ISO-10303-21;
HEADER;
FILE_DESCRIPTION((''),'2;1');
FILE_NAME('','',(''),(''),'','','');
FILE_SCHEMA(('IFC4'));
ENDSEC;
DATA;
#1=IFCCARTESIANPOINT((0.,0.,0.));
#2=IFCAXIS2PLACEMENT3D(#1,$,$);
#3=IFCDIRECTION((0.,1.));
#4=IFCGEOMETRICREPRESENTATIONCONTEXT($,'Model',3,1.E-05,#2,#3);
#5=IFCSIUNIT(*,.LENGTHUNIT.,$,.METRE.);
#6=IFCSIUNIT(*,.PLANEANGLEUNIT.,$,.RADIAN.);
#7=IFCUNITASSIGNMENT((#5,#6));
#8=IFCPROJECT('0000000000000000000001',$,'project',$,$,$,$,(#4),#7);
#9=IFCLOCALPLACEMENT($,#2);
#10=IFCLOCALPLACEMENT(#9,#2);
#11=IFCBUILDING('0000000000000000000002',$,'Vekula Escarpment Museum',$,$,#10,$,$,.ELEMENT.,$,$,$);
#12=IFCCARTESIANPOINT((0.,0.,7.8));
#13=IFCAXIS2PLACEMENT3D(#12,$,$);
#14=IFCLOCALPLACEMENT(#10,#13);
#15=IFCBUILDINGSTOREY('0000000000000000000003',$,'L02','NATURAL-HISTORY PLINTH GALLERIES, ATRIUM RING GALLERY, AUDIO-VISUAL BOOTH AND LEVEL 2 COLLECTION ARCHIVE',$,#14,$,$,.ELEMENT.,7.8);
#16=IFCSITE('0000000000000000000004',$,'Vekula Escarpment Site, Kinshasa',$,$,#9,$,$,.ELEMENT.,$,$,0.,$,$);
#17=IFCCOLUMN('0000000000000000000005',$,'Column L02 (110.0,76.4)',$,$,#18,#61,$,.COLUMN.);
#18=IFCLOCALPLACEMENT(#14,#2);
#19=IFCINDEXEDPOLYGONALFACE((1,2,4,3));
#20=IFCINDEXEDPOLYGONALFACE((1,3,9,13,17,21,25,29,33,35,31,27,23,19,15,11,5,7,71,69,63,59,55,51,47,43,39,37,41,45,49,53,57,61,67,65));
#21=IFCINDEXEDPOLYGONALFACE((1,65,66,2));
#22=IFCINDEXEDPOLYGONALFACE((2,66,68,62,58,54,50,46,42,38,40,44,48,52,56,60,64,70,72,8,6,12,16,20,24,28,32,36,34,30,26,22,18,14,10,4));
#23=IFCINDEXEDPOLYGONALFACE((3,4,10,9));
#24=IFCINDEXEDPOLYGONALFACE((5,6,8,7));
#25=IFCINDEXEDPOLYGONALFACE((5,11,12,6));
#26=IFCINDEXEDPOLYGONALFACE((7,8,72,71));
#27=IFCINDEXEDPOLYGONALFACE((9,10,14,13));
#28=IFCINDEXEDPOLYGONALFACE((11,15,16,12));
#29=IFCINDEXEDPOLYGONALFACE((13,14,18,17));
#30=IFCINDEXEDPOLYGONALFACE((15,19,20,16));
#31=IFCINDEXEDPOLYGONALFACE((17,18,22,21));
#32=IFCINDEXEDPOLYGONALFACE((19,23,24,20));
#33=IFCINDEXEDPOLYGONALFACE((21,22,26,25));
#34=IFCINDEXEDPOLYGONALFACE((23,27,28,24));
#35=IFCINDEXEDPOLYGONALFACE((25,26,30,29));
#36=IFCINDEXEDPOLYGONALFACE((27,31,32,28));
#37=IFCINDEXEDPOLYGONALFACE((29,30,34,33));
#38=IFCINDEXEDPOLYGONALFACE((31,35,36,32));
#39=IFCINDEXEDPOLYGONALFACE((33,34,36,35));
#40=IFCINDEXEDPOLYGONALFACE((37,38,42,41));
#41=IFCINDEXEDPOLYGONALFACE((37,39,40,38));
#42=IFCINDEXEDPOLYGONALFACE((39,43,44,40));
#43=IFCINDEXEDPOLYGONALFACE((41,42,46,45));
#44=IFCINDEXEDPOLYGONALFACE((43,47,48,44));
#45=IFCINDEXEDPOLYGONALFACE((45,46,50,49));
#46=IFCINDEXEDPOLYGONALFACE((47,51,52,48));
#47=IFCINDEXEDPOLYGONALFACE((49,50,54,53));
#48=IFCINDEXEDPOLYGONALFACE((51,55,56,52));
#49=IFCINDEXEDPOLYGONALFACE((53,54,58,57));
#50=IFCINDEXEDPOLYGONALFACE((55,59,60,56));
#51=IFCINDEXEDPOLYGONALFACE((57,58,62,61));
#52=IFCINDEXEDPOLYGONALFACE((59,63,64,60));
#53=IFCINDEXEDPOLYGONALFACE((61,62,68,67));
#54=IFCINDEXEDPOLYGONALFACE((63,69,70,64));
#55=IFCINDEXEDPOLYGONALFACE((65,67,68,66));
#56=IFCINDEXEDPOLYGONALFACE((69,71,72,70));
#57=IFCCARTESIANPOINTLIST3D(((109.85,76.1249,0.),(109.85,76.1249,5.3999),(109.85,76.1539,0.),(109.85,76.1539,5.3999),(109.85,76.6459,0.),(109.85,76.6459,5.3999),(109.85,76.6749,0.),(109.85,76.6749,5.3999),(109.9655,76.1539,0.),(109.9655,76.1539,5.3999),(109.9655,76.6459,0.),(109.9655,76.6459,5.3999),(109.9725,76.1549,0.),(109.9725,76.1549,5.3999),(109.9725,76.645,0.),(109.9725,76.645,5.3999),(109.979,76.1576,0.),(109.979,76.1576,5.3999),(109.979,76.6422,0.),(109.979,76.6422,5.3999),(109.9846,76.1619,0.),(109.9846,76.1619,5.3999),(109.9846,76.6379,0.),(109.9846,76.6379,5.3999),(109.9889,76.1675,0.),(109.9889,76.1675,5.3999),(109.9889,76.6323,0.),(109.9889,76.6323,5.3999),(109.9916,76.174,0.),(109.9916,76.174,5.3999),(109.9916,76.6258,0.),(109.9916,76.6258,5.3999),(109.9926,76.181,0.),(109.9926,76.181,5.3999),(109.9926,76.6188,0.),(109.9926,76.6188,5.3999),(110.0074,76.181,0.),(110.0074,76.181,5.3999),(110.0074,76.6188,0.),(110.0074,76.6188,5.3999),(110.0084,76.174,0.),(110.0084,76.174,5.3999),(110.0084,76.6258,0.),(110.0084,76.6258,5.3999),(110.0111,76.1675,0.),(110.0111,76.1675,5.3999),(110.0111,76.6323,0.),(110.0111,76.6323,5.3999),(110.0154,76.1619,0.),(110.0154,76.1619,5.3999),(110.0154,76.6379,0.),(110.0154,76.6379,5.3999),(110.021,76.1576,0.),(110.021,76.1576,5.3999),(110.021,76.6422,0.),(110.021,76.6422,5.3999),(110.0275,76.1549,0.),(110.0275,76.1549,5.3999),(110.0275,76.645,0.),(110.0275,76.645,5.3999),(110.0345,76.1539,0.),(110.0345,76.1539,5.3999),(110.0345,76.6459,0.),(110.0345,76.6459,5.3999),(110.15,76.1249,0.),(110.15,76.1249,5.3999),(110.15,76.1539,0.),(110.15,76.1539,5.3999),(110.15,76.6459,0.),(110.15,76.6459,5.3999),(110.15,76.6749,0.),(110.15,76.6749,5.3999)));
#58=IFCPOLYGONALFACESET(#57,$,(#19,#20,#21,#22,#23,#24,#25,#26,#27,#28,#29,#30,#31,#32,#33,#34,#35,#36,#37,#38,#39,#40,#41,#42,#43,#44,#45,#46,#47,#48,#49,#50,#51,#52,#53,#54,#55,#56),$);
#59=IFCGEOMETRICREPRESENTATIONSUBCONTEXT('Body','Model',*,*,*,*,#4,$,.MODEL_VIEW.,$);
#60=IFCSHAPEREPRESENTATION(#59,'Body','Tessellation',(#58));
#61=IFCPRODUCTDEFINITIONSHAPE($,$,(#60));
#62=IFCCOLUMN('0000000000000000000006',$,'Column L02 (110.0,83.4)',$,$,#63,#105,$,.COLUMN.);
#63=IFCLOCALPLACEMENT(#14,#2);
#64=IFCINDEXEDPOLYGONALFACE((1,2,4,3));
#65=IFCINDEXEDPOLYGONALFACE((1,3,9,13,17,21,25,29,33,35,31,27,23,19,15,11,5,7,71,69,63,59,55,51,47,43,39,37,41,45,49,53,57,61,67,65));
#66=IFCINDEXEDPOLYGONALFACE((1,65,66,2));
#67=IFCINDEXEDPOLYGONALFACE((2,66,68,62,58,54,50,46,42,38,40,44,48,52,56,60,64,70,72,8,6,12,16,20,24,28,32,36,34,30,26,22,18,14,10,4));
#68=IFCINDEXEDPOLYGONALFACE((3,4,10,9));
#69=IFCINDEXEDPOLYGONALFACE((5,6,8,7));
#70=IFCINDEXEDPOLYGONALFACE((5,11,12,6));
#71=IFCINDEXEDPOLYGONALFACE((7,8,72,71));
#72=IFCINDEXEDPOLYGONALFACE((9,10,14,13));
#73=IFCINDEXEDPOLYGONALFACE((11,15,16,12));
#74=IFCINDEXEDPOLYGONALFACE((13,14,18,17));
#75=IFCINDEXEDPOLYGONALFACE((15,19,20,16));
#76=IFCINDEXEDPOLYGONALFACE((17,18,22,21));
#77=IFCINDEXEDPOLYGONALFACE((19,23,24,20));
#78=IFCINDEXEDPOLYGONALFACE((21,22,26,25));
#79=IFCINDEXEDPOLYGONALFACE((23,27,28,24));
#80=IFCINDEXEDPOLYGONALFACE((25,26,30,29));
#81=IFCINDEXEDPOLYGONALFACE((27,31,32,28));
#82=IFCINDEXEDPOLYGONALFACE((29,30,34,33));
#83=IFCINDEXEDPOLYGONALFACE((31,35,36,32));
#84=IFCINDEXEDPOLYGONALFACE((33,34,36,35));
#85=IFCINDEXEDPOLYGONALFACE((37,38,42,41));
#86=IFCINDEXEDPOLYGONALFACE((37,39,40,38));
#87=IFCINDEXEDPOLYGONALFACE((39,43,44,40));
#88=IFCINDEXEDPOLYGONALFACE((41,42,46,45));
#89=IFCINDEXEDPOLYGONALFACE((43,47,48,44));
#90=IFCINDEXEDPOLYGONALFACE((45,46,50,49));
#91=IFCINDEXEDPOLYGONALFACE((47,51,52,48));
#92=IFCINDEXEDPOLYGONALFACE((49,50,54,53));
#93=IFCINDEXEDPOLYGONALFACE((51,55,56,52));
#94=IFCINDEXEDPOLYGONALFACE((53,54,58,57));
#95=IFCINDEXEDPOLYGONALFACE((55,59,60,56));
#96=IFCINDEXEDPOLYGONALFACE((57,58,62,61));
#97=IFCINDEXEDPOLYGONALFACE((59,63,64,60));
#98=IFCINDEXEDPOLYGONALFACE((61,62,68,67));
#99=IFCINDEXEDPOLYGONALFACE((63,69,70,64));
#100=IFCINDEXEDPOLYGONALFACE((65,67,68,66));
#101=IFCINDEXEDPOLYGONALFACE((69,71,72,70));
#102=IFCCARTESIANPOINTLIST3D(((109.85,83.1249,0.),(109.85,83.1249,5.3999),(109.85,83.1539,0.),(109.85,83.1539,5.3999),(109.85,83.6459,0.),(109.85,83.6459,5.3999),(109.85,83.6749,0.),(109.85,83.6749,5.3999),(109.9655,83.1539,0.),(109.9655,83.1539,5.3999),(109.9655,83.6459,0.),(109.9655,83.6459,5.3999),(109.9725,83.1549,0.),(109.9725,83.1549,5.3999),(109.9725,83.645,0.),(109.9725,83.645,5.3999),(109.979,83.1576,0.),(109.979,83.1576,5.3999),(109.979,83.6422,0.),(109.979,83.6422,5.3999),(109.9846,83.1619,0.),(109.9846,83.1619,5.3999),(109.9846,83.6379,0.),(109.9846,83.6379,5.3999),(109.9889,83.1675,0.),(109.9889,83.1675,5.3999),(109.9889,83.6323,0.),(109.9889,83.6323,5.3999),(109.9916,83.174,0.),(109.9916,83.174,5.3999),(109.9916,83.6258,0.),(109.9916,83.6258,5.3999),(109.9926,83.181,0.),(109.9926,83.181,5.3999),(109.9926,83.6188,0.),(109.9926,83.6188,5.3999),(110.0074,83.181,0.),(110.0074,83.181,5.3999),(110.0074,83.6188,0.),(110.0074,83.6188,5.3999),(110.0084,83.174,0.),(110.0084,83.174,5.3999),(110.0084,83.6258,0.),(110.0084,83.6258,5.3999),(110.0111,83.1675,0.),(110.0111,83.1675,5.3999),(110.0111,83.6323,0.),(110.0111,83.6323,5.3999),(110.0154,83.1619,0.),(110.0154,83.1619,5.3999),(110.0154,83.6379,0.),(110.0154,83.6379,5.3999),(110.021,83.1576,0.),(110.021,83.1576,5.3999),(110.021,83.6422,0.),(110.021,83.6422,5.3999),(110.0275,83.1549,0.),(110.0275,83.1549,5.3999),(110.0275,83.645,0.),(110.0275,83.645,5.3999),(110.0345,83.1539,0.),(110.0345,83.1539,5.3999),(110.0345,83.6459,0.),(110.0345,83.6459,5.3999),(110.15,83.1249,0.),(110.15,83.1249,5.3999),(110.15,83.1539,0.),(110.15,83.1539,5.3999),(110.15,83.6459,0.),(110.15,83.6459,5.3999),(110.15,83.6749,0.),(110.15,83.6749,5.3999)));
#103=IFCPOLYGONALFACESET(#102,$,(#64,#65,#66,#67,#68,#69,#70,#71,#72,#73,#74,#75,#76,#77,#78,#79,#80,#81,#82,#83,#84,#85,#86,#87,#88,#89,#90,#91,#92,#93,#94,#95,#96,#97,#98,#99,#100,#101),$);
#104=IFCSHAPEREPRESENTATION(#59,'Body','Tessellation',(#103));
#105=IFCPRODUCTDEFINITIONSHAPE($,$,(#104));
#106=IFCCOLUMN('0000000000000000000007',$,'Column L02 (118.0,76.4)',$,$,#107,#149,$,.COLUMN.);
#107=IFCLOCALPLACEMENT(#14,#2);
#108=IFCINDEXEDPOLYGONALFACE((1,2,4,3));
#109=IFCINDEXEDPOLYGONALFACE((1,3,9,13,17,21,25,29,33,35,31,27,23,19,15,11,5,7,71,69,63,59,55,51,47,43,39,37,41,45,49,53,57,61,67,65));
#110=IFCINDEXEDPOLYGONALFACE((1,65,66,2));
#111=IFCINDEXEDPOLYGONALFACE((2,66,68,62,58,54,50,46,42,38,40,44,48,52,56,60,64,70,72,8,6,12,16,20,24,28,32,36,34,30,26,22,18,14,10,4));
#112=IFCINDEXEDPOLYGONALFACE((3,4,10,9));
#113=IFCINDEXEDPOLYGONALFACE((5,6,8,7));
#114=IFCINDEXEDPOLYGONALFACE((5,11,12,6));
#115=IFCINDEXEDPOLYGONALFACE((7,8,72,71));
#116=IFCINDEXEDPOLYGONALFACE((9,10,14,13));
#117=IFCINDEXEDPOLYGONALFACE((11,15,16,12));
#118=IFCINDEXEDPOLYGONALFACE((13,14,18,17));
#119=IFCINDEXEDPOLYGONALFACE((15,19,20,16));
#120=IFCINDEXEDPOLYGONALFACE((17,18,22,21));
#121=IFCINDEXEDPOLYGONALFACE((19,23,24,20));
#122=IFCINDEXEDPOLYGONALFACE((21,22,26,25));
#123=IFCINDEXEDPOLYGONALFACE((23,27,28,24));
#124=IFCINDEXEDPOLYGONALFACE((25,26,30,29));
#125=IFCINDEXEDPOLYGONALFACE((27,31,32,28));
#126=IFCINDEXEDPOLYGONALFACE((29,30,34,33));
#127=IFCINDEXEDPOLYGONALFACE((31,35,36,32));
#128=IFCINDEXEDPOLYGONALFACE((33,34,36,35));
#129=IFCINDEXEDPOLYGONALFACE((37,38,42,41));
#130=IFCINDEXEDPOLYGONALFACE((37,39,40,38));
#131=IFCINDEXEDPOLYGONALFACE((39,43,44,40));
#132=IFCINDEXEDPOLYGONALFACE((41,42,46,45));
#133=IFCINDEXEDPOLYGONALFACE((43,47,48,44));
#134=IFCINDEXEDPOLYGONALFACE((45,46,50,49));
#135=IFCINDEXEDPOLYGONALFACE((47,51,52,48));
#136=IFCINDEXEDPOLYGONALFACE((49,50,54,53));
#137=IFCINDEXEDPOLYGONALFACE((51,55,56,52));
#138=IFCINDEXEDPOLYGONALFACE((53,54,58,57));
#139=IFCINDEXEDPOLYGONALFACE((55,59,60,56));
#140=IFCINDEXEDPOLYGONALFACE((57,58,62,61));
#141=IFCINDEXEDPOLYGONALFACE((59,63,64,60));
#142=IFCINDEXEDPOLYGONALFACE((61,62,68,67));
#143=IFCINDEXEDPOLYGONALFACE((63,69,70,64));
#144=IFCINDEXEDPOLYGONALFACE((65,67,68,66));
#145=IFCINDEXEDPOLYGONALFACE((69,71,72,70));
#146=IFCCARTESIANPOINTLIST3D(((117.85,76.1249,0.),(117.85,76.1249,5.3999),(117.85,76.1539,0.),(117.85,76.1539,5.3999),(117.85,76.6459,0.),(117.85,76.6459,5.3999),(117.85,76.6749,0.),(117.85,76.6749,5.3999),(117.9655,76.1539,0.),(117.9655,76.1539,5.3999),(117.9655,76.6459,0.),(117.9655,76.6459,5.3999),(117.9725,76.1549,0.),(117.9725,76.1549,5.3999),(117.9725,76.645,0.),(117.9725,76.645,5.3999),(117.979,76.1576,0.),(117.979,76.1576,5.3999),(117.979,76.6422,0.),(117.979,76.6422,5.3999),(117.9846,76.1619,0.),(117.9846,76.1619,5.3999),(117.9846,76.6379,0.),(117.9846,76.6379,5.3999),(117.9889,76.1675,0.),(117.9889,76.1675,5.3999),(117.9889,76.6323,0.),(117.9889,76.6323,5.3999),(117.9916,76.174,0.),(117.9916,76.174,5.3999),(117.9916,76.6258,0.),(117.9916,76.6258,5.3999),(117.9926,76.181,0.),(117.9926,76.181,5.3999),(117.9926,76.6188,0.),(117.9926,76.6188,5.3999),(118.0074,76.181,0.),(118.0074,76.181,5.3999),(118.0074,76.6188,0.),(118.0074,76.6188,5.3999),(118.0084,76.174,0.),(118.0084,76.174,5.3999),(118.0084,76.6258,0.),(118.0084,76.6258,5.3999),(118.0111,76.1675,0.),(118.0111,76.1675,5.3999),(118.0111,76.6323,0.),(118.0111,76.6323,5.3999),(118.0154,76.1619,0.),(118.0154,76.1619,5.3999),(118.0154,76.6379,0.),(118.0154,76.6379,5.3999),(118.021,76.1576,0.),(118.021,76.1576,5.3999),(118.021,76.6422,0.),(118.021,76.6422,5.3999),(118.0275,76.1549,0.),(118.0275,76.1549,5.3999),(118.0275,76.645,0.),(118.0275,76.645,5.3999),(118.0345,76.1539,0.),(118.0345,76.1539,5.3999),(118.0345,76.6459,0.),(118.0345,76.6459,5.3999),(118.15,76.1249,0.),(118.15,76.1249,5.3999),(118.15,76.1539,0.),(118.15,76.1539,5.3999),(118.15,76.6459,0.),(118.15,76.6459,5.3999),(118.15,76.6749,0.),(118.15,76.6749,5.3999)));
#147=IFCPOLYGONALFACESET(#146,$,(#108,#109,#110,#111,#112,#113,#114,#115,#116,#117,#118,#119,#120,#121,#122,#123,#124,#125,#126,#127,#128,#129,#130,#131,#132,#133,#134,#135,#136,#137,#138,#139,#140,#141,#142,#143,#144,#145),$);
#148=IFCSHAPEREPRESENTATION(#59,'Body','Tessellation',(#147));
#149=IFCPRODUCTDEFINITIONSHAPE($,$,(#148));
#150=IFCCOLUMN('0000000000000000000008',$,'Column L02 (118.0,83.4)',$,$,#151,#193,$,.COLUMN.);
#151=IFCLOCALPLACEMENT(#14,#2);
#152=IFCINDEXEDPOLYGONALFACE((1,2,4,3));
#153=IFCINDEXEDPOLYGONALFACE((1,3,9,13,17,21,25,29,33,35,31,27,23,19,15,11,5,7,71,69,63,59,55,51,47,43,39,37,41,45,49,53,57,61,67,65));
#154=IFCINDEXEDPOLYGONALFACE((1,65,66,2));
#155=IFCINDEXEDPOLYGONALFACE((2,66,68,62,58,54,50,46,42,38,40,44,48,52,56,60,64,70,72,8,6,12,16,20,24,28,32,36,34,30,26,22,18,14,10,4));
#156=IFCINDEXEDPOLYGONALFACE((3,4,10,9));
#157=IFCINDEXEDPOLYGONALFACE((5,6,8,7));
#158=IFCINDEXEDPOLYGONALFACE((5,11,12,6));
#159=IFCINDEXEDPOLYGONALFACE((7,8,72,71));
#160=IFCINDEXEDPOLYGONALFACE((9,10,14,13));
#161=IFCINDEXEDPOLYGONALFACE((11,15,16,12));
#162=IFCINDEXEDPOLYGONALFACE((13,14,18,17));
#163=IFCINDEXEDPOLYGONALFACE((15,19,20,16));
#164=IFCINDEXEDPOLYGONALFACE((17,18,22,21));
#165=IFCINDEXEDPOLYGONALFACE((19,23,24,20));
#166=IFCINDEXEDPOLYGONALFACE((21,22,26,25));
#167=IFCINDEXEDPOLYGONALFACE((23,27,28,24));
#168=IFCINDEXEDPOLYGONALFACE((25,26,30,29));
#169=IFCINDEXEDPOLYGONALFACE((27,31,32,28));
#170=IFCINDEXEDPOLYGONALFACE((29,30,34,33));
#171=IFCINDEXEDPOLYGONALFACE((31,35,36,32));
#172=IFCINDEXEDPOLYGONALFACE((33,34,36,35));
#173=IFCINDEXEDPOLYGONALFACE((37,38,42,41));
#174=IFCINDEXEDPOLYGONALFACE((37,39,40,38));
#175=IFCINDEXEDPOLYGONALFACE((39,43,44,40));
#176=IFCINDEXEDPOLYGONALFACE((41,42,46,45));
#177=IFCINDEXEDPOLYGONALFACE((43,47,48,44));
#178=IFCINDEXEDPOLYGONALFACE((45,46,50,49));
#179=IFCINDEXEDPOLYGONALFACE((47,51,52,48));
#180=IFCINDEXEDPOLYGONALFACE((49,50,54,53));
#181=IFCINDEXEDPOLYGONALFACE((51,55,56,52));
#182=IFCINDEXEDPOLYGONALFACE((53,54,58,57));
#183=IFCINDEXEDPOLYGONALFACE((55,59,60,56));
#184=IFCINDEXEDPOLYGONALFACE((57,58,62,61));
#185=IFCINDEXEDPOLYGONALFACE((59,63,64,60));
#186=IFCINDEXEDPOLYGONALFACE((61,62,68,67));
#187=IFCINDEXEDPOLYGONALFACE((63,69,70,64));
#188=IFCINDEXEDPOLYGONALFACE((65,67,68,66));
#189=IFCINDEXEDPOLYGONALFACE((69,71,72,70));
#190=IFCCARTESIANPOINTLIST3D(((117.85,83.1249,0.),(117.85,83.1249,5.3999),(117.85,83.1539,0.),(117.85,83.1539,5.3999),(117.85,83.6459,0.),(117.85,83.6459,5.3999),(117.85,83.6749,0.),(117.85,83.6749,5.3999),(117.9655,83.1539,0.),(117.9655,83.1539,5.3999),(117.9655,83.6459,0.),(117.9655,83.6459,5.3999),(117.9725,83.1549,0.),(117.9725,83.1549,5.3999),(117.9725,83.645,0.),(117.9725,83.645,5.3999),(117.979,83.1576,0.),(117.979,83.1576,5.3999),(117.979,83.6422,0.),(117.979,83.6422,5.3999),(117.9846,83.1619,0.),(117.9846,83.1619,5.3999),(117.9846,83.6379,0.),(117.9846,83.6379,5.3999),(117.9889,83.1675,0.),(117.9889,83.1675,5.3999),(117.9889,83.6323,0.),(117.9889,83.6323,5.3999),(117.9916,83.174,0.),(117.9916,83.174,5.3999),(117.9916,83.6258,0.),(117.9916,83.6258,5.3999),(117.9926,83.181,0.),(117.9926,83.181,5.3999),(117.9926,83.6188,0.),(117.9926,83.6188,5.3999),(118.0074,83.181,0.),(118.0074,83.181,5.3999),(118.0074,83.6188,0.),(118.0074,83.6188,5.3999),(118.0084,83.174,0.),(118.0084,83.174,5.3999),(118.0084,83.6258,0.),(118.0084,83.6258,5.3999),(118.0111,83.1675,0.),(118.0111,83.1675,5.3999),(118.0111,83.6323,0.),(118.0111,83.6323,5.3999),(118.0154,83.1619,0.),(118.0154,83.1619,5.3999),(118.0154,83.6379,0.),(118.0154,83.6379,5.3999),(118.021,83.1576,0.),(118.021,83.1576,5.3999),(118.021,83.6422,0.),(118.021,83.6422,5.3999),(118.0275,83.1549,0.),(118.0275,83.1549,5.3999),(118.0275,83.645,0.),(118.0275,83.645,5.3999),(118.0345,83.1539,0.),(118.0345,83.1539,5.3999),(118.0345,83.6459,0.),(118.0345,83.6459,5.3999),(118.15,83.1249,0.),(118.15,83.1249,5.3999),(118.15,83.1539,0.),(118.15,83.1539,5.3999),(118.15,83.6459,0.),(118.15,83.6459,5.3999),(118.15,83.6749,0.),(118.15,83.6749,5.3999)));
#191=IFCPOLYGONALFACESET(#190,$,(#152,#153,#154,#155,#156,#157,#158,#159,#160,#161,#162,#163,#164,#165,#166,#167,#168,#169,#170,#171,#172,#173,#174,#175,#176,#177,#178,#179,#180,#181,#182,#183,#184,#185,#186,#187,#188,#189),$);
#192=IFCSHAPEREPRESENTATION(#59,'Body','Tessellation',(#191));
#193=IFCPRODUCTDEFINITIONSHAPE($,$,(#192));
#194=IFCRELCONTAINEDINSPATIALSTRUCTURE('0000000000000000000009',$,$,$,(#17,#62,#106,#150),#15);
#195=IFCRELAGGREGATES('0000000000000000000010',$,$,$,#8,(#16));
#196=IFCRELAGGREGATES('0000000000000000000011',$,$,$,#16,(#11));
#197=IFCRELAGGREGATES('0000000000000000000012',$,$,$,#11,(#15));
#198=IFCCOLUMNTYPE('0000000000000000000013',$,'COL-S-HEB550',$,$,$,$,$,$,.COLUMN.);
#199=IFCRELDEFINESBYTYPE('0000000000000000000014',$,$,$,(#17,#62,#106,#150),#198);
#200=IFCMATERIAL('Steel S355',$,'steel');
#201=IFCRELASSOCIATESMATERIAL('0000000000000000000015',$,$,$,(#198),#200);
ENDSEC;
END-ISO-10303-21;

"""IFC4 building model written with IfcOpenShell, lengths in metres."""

from ifc_helpers import new_model, si_unit, direction, frame, origin, origin_2d, place, context, subcontext, project, spatial, i_section, extrude, material, material_profile, profile_set, type_object, element, save


model = new_model("IFC4")

# Units and contexts
model_context = context("Model", 3, precision=1e-05, world=origin(), true_north=direction((0.0, 1.0)))
body_context = subcontext(model_context, "Body", "Model", "MODEL_VIEW")
ifc_project = project(units=[si_unit("LENGTHUNIT", "METRE"), si_unit("PLANEANGLEUNIT", "RADIAN")], contexts=[model_context])

# Site, building, storey
site_placement = place(None, origin())
site = spatial("IfcSite", under=ifc_project, at=site_placement, Name="Vekula Escarpment Site, Kinshasa", CompositionType="ELEMENT", RefElevation=0.0)
building_placement = place(site_placement, origin())
building = spatial("IfcBuilding", under=site, at=building_placement, Name="Vekula Escarpment Museum", CompositionType="ELEMENT")
storey_placement = place(building_placement, frame((0.0, 0.0, 7.8)))
storey = spatial("IfcBuildingStorey", under=building, at=storey_placement, Name="L02", Description="NATURAL-HISTORY PLINTH GALLERIES, ATRIUM RING GALLERY, AUDIO-VISUAL BOOTH AND LEVEL 2 COLLECTION ARCHIVE", CompositionType="ELEMENT", Elevation=7.8)

# Columns
ifc_material_1 = material(Name="Steel S355", Category="steel")
ifc_material_profile_1 = material_profile(ifc_material_1, i_section(OverallWidth=0.3, OverallDepth=0.55, WebThickness=0.0149, FlangeThickness=0.0291, FilletRadius=0.0271, at=origin_2d()), Name="HEB 550")
ifc_profile_set_1 = profile_set([ifc_material_profile_1], Name="Steel S355")
column_type = type_object("IfcColumnType", Name="COL-S-HEB550", PredefinedType="COLUMN", material=ifc_profile_set_1)
for number, where, z_axis, x_axis, name in (
    (1, (110.0, 76.3999, 0.0), (0.0, 0.0, 1.0), (1.0, 0.0, 0.0), "Column L02 (110.0,76.4)"),
    (2, (110.0, 83.3999, 0.0), (0.0, 0.0, 1.0), (1.0, 0.0, 0.0), "Column L02 (110.0,83.4)"),
    (3, (118.0, 76.3999, 0.0), (0.0, 0.0, 1.0), (1.0, 0.0, 0.0), "Column L02 (118.0,76.4)"),
    (4, (118.0, 83.3999, 0.0), (0.0, 0.0, 1.0), (1.0, 0.0, 0.0), "Column L02 (118.0,83.4)"),
):
    element("IfcColumn", number, at=place(storey_placement, frame(where, z_axis=z_axis, x_axis=x_axis)), inside=storey, type_object=column_type, Name=name, PredefinedType="COLUMN", context=body_context, shape_type="SweptSolid", body=[
        extrude(i_section(OverallWidth=0.3, OverallDepth=0.55, WebThickness=0.0149, FlangeThickness=0.0291, FilletRadius=0.0271, at=origin_2d()), origin(), (0.0, 0.0, 1.0), 5.3999),
    ])

save(model, "model.ifc")
